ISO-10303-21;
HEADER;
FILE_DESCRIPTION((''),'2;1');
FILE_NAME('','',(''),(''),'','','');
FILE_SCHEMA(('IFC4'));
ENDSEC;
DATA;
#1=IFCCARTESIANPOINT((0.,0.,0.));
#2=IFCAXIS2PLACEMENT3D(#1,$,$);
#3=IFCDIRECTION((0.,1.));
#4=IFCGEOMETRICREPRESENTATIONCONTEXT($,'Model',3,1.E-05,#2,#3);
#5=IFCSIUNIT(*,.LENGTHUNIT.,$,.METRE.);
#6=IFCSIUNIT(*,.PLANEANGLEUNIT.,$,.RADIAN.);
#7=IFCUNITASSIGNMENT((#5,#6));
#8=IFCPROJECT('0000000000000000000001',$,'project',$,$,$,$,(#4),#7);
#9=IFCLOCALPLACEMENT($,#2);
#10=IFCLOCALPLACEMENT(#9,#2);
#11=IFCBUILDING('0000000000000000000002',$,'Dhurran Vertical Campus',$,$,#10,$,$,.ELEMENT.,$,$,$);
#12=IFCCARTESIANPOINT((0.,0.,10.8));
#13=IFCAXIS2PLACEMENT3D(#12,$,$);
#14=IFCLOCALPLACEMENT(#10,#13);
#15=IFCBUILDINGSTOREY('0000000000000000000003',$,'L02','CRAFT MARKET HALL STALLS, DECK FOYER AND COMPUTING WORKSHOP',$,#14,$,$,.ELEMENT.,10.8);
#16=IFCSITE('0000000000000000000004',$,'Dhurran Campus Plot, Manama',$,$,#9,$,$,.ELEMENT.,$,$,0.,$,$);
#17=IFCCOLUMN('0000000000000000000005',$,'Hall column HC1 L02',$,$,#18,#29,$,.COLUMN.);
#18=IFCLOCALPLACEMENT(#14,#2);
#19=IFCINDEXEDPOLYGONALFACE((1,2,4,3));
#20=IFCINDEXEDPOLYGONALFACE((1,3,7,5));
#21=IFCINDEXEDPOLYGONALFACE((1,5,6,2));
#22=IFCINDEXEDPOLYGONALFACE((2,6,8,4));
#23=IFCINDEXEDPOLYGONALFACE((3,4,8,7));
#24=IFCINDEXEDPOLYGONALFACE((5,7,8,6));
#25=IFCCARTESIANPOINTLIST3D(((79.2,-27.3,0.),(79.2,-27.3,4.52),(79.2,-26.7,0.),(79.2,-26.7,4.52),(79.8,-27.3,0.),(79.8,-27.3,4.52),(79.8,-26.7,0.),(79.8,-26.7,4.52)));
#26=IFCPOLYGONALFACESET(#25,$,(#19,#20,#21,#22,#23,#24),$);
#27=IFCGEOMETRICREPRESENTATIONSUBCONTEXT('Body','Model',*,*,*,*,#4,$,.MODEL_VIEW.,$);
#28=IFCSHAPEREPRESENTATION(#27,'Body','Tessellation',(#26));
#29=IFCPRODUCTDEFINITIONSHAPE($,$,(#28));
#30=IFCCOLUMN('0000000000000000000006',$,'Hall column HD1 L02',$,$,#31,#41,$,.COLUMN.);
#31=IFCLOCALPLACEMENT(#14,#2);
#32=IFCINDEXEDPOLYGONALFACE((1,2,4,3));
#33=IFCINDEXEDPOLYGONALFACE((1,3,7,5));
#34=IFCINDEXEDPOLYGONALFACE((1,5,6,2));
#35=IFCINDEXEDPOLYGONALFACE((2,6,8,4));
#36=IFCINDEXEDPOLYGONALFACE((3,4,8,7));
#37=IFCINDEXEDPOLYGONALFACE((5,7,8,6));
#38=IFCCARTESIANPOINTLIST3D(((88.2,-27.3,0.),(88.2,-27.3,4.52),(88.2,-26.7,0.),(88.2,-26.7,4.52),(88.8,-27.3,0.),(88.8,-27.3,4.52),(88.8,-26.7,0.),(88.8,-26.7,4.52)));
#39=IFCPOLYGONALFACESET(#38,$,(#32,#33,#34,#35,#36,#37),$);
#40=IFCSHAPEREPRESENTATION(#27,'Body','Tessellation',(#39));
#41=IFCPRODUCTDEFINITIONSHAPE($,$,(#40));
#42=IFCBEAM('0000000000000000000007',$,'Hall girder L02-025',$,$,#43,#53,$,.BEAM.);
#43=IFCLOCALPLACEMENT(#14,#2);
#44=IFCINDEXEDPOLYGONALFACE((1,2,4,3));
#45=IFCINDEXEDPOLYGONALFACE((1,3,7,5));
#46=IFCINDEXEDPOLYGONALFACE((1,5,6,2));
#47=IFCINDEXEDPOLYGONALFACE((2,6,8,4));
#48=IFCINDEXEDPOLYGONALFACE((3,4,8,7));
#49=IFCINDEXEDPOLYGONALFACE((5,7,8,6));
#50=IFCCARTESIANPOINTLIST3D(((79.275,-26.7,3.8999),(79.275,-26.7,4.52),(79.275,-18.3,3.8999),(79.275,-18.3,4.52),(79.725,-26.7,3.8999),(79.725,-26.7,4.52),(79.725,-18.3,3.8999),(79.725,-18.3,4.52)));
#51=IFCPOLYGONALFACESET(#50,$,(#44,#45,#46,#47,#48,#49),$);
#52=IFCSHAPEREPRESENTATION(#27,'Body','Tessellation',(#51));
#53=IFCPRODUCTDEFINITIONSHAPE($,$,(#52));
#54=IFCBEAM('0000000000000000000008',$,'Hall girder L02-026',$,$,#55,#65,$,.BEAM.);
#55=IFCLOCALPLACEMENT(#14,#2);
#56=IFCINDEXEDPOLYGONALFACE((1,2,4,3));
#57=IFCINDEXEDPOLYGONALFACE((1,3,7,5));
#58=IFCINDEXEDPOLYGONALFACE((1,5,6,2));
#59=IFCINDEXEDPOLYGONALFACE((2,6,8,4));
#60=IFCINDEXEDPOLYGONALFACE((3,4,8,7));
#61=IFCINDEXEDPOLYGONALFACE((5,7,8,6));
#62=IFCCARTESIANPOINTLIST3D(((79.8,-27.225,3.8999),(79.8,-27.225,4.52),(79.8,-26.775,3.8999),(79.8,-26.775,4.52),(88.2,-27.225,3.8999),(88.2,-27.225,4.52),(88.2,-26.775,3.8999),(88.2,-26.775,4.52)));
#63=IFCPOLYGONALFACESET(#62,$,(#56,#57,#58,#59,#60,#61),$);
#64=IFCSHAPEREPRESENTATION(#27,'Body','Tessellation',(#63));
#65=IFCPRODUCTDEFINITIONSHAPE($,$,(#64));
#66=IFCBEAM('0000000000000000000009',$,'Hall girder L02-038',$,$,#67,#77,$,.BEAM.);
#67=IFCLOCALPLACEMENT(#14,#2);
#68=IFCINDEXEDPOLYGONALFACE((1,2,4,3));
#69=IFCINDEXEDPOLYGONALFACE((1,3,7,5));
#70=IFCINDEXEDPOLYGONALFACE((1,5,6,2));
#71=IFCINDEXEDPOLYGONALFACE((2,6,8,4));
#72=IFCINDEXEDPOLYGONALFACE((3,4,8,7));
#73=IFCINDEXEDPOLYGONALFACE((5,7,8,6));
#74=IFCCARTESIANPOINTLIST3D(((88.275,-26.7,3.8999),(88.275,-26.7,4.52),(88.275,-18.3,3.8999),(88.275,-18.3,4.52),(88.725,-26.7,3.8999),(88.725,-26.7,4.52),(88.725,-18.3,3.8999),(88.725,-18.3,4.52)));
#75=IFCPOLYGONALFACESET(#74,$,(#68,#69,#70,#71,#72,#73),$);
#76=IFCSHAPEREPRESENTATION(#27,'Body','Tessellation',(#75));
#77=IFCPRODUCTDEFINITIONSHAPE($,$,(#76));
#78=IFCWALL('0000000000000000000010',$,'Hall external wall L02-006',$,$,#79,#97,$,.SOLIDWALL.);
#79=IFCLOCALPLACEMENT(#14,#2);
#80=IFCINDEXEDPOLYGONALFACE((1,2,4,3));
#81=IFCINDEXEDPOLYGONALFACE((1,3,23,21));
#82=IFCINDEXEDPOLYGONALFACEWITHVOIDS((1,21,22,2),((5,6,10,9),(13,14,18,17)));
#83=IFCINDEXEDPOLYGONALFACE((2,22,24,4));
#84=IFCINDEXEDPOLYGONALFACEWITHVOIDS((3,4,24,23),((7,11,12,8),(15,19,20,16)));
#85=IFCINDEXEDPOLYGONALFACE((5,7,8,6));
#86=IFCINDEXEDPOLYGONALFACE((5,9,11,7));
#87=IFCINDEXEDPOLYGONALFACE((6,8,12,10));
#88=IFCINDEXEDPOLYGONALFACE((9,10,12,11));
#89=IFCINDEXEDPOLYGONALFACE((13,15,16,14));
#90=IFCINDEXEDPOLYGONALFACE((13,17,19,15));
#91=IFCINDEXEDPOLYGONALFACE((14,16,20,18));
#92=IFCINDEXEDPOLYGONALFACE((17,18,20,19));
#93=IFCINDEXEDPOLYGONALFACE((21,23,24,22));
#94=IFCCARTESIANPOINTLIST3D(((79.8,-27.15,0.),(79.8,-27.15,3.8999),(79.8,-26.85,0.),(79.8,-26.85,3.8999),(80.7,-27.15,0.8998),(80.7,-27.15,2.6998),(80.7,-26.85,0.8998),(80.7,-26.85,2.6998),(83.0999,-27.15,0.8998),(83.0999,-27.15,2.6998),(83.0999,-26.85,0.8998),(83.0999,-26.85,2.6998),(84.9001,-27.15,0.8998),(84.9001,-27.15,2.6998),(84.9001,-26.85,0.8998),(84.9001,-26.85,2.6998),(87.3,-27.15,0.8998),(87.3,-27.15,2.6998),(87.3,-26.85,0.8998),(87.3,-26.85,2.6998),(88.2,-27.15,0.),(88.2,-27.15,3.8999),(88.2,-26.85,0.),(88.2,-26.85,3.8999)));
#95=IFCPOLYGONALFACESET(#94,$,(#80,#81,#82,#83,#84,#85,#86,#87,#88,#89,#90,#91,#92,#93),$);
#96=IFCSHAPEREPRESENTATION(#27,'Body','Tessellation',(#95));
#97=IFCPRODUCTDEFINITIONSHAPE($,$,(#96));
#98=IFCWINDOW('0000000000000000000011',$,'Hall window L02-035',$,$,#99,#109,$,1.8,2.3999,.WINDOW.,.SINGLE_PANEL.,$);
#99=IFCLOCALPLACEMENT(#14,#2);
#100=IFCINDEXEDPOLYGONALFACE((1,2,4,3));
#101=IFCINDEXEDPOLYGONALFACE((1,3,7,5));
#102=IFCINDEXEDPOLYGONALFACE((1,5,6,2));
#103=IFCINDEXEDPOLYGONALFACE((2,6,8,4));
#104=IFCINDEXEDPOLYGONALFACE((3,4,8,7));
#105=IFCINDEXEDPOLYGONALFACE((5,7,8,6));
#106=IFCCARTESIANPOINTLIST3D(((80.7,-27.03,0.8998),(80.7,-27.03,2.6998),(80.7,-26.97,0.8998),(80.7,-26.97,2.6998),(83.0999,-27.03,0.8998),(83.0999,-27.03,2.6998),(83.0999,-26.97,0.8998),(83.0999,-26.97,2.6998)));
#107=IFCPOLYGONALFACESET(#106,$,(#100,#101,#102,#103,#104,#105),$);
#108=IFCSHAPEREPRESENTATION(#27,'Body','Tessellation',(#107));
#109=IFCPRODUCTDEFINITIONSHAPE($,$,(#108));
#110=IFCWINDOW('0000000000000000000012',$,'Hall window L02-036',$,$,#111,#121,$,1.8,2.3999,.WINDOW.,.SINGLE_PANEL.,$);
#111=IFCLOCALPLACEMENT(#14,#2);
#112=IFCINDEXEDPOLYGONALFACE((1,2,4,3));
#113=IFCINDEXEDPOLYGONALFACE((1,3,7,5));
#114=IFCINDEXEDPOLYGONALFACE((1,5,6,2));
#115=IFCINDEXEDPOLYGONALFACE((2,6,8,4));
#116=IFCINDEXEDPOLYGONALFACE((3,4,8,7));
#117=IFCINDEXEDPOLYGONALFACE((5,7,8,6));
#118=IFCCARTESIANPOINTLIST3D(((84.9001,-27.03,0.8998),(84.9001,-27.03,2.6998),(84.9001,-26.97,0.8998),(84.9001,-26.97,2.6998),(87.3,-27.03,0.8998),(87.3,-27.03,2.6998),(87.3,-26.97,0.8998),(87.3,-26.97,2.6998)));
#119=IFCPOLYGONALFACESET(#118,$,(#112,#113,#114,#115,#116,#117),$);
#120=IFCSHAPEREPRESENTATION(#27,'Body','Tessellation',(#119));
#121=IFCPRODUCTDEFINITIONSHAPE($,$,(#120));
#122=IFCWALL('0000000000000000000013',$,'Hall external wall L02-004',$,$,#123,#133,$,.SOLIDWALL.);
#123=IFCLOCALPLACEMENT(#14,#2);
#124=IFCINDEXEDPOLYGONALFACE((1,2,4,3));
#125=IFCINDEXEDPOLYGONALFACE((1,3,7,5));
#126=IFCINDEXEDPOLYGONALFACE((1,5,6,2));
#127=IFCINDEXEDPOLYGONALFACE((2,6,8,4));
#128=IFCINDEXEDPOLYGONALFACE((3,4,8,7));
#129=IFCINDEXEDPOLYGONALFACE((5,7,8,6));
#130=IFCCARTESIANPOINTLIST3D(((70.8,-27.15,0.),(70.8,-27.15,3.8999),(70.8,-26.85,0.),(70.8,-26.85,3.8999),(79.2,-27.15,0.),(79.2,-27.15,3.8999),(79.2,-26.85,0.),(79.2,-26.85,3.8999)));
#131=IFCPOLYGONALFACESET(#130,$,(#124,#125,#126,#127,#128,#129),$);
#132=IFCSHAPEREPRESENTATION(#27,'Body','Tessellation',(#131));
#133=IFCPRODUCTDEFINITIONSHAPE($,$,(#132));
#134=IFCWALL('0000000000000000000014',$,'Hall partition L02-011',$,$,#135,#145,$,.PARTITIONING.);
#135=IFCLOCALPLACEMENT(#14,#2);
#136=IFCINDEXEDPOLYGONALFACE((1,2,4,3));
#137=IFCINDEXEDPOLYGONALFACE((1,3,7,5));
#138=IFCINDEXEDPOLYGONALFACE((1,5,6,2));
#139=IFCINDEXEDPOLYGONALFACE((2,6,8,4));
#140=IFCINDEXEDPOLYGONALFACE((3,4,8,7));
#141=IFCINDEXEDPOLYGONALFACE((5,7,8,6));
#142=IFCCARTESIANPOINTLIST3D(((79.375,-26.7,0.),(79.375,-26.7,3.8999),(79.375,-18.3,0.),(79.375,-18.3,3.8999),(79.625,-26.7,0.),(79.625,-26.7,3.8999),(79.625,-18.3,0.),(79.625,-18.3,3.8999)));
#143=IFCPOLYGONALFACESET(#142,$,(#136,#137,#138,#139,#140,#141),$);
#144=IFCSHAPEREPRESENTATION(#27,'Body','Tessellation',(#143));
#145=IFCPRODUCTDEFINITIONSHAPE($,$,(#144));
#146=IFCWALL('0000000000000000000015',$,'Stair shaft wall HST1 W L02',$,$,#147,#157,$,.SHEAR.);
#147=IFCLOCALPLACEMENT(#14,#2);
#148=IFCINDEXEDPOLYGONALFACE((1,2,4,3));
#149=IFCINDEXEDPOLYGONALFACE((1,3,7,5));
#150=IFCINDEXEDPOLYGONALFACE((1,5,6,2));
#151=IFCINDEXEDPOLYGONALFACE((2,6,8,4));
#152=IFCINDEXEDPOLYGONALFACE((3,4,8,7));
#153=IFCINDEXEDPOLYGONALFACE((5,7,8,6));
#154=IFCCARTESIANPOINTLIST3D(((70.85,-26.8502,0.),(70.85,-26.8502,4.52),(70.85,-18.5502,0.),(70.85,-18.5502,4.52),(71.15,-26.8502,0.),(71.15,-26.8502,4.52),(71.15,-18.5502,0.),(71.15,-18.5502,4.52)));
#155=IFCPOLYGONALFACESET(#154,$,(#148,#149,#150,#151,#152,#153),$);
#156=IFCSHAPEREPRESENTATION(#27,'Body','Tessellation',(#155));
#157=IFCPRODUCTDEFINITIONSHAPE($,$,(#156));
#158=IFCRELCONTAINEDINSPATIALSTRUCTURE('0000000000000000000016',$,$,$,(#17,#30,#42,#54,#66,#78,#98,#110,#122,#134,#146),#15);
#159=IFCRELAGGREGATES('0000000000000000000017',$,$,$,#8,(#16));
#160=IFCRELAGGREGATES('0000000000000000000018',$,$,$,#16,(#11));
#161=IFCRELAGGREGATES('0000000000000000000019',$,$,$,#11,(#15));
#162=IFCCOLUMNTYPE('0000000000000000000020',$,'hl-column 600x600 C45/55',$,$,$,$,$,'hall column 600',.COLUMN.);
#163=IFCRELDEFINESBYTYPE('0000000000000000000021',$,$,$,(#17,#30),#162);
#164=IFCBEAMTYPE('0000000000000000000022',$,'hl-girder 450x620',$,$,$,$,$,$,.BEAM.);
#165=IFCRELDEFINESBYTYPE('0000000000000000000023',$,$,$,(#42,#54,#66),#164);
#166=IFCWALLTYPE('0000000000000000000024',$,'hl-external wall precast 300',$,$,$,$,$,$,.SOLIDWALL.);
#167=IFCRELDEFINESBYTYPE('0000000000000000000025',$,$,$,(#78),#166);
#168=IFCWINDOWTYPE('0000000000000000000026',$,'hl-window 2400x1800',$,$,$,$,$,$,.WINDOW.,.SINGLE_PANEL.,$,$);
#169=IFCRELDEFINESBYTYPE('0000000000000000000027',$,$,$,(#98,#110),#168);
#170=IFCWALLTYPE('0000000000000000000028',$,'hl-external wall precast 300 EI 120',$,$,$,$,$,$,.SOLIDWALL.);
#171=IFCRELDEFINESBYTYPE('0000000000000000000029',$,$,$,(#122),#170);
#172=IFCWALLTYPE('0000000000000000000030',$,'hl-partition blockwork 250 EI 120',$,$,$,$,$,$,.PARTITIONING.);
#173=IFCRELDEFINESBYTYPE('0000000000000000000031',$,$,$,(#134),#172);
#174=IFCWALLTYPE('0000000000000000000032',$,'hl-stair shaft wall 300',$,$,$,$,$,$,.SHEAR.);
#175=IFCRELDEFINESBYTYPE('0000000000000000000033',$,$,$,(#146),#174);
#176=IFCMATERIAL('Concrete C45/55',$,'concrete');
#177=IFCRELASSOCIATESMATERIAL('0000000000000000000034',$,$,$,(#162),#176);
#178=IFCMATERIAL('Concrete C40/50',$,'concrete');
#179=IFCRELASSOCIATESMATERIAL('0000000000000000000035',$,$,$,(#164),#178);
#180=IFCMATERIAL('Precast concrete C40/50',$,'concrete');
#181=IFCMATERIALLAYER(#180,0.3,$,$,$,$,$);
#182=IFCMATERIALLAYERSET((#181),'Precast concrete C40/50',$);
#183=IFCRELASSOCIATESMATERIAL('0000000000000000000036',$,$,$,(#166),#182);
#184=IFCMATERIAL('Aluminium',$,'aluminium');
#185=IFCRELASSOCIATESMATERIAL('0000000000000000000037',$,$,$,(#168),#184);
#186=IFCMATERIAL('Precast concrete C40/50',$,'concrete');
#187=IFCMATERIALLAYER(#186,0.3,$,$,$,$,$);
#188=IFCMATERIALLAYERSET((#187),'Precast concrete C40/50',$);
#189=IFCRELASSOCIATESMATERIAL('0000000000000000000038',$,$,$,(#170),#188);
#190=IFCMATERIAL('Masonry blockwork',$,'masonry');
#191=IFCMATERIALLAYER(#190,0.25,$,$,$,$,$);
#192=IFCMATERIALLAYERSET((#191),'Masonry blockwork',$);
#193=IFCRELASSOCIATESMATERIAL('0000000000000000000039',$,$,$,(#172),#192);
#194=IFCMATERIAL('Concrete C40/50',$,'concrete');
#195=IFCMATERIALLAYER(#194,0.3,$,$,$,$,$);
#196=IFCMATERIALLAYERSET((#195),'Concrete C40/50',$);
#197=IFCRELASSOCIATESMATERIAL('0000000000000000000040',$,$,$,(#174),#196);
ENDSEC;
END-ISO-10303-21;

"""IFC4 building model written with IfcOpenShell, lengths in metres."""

from ifc_helpers import new_model, si_unit, direction, frame, frame_2d, origin, origin_2d, place, context, subcontext, project, spatial, rectangle, extrude, material, layer, layer_set, material_profile, profile_set, type_object, element, fill, save


model = new_model("IFC4")

# Units and contexts
model_context = context("Model", 3, precision=1e-05, world=origin(), true_north=direction((0.0, 1.0)))
body_context = subcontext(model_context, "Body", "Model", "MODEL_VIEW")
ifc_project = project(units=[si_unit("LENGTHUNIT", "METRE"), si_unit("PLANEANGLEUNIT", "RADIAN")], contexts=[model_context])

# Site, building, storey
site_placement = place(None, origin())
site = spatial("IfcSite", under=ifc_project, at=site_placement, Name="Dhurran Campus Plot, Manama", CompositionType="ELEMENT", RefElevation=0.0)
building_placement = place(site_placement, origin())
building = spatial("IfcBuilding", under=site, at=building_placement, Name="Dhurran Vertical Campus", CompositionType="ELEMENT")
storey_placement = place(building_placement, frame((0.0, 0.0, 10.8)))
storey = spatial("IfcBuildingStorey", under=building, at=storey_placement, Name="L02", Description="CRAFT MARKET HALL STALLS, DECK FOYER AND COMPUTING WORKSHOP", CompositionType="ELEMENT", Elevation=10.8)

# Columns
ifc_material_1 = material(Name="Concrete C45/55", Category="concrete")
ifc_material_profile_1 = material_profile(ifc_material_1, rectangle(XDim=0.6001, YDim=0.6001, at=origin_2d()), Name="hl-column 600x600 C45/55")
ifc_profile_set_1 = profile_set([ifc_material_profile_1], Name="Concrete C45/55")
column_type = type_object("IfcColumnType", Name="hl-column 600x600 C45/55", ElementType="hall column 600", PredefinedType="COLUMN", material=ifc_profile_set_1)
for number, where, z_axis, x_axis, name in (
    (1, (79.5, -27.0, 0.0), (0.0, 0.0, 1.0), (1.0, 0.0, 0.0), "Hall column HC1 L02"),
    (2, (88.5, -27.0, 0.0), (0.0, 0.0, 1.0), (1.0, 0.0, 0.0), "Hall column HD1 L02"),
):
    element("IfcColumn", number, at=place(storey_placement, frame(where, z_axis=z_axis, x_axis=x_axis)), inside=storey, type_object=column_type, Name=name, PredefinedType="COLUMN", context=body_context, shape_type="SweptSolid", body=[
        extrude(rectangle(XDim=0.6001, YDim=0.6001, at=origin_2d()), origin(), (0.0, 0.0, 1.0), 4.52),
    ])

# Beams
ifc_material_2 = material(Name="Concrete C40/50", Category="concrete")
ifc_material_profile_2 = material_profile(ifc_material_2, rectangle(XDim=0.45, YDim=0.6201, at=origin_2d()), Name="hl-girder 450x620")
ifc_profile_set_2 = profile_set([ifc_material_profile_2], Name="Concrete C40/50")
beam_type = type_object("IfcBeamType", Name="hl-girder 450x620", PredefinedType="BEAM", material=ifc_profile_set_2)
for number, where, z_axis, x_axis, name in (
    (3, (79.5, -26.7, 4.21), (0.0, 1.0, 0.0), (-1.0, 0.0, 0.0), "Hall girder L02-025"),
    (4, (79.8, -27.0, 4.21), (1.0, 0.0, 0.0), (0.0, 1.0, 0.0), "Hall girder L02-026"),
    (5, (88.5, -26.7, 4.21), (0.0, 1.0, 0.0), (-1.0, 0.0, 0.0), "Hall girder L02-038"),
):
    element("IfcBeam", number, at=place(storey_placement, frame(where, z_axis=z_axis, x_axis=x_axis)), inside=storey, type_object=beam_type, Name=name, PredefinedType="BEAM", context=body_context, shape_type="SweptSolid", body=[
        extrude(rectangle(XDim=0.45, YDim=0.6201, at=origin_2d()), origin(), (0.0, 0.0, 1.0), 8.3999),
    ])

# Wall, openings, windows
ifc_material_3 = material(Name="Precast concrete C40/50", Category="concrete")
ifc_layer_1 = layer(ifc_material_3, 0.3)
ifc_layer_set_1 = layer_set([ifc_layer_1], Name="Precast concrete C40/50")
wall_type_1 = type_object("IfcWallType", Name="hl-external wall precast 300", PredefinedType="SOLIDWALL", material=ifc_layer_set_1)
wall_1_placement = place(storey_placement, frame((79.8, -27.0, 0.0), z_axis=(0.0, 0.0, 1.0), x_axis=(1.0, 0.0, 0.0)))
wall_1 = element("IfcWall", 6, at=wall_1_placement, inside=storey, type_object=wall_type_1, Name="Hall external wall L02-006", PredefinedType="SOLIDWALL", context=body_context, shape_type="SweptSolid", body=[
    extrude(rectangle(XDim=8.3999, YDim=0.3, at=frame_2d((4.2, 0.0))), origin(), (0.0, 0.0, 1.0), 3.8999),
])
opening_1_placement = place(wall_1_placement, frame((0.8999, 0.0, 0.8999)))
opening_1 = element("IfcOpeningElement", 7, at=opening_1_placement, cuts=wall_1, PredefinedType="OPENING", context=body_context, shape_type="SweptSolid", body=[
    extrude(rectangle(XDim=2.3999, YDim=1.8, at=frame_2d((1.2, 0.8999))), frame((0.0, 0.1599, 0.0), z_axis=(0.0, -1.0, 0.0), x_axis=(1.0, 0.0, 0.0)), (0.0, 0.0, 1.0), 0.3201),
])
opening_2_placement = place(wall_1_placement, frame((5.1001, 0.0, 0.8999)))
opening_2 = element("IfcOpeningElement", 8, at=opening_2_placement, cuts=wall_1, PredefinedType="OPENING", context=body_context, shape_type="SweptSolid", body=[
    extrude(rectangle(XDim=2.3999, YDim=1.8, at=frame_2d((1.2, 0.8999))), frame((0.0, 0.1599, 0.0), z_axis=(0.0, -1.0, 0.0), x_axis=(1.0, 0.0, 0.0)), (0.0, 0.0, 1.0), 0.3201),
])
ifc_material_4 = material(Name="Aluminium", Category="aluminium")
window_type = type_object("IfcWindowType", Name="hl-window 2400x1800", PartitioningType="SINGLE_PANEL", PredefinedType="WINDOW", material=ifc_material_4)
window_1_placement = place(opening_1_placement, origin())
window_1 = element("IfcWindow", 9, at=window_1_placement, inside=storey, type_object=window_type, Name="Hall window L02-035", OverallHeight=1.8, OverallWidth=2.3999, PartitioningType="SINGLE_PANEL", PredefinedType="WINDOW", context=body_context, shape_type="SweptSolid", body=[
    extrude(rectangle(XDim=2.3999, YDim=1.8, at=frame_2d((1.2, 0.8999))), frame((0.0, 0.03, 0.0), z_axis=(0.0, -1.0, 0.0), x_axis=(1.0, 0.0, 0.0)), (0.0, 0.0, 1.0), 0.0601),
])
fill(opening_1, window_1)
window_2_placement = place(opening_2_placement, origin())
window_2 = element("IfcWindow", 10, at=window_2_placement, inside=storey, type_object=window_type, Name="Hall window L02-036", OverallHeight=1.8, OverallWidth=2.3999, PartitioningType="SINGLE_PANEL", PredefinedType="WINDOW", context=body_context, shape_type="SweptSolid", body=[
    extrude(rectangle(XDim=2.3999, YDim=1.8, at=frame_2d((1.2, 0.8999))), frame((0.0, 0.03, 0.0), z_axis=(0.0, -1.0, 0.0), x_axis=(1.0, 0.0, 0.0)), (0.0, 0.0, 1.0), 0.0601),
])
fill(opening_2, window_2)

# Walls
ifc_material_5 = material(Name="Precast concrete C40/50", Category="concrete")
ifc_layer_2 = layer(ifc_material_5, 0.3)
ifc_layer_set_2 = layer_set([ifc_layer_2], Name="Precast concrete C40/50")
wall_type_2 = type_object("IfcWallType", Name="hl-external wall precast 300 EI 120", PredefinedType="SOLIDWALL", material=ifc_layer_set_2)
wall_2_placement = place(storey_placement, frame((70.8, -27.0, 0.0), z_axis=(0.0, 0.0, 1.0), x_axis=(1.0, 0.0, 0.0)))
element("IfcWall", 11, at=wall_2_placement, inside=storey, type_object=wall_type_2, Name="Hall external wall L02-004", PredefinedType="SOLIDWALL", context=body_context, shape_type="SweptSolid", body=[
    extrude(rectangle(XDim=8.3999, YDim=0.3, at=frame_2d((4.2, 0.0))), origin(), (0.0, 0.0, 1.0), 3.8999),
])
ifc_material_6 = material(Name="Masonry blockwork", Category="masonry")
ifc_layer_3 = layer(ifc_material_6, 0.25)
ifc_layer_set_3 = layer_set([ifc_layer_3], Name="Masonry blockwork")
wall_type_3 = type_object("IfcWallType", Name="hl-partition blockwork 250 EI 120", PredefinedType="PARTITIONING", material=ifc_layer_set_3)
wall_3_placement = place(storey_placement, frame((79.5, -26.7, 0.0), z_axis=(0.0, 0.0, 1.0), x_axis=(0.0, 1.0, 0.0)))
element("IfcWall", 12, at=wall_3_placement, inside=storey, type_object=wall_type_3, Name="Hall partition L02-011", PredefinedType="PARTITIONING", context=body_context, shape_type="SweptSolid", body=[
    extrude(rectangle(XDim=8.3999, YDim=0.25, at=frame_2d((4.2, 0.0))), origin(), (0.0, 0.0, 1.0), 3.8999),
])
ifc_material_7 = material(Name="Concrete C40/50", Category="concrete")
ifc_layer_4 = layer(ifc_material_7, 0.3)
ifc_layer_set_4 = layer_set([ifc_layer_4], Name="Concrete C40/50")
wall_type_4 = type_object("IfcWallType", Name="hl-stair shaft wall 300", PredefinedType="SHEAR", material=ifc_layer_set_4)
wall_4_placement = place(storey_placement, frame((71.0, -26.8501, 0.0), z_axis=(0.0, 0.0, 1.0), x_axis=(0.0, 1.0, 0.0)))
element("IfcWall", 13, at=wall_4_placement, inside=storey, type_object=wall_type_4, Name="Stair shaft wall HST1 W L02", PredefinedType="SHEAR", context=body_context, shape_type="SweptSolid", body=[
    extrude(rectangle(XDim=8.3, YDim=0.3, at=frame_2d((4.1499, 0.0))), origin(), (0.0, 0.0, 1.0), 4.52),
])

save(model, "model.ifc")
